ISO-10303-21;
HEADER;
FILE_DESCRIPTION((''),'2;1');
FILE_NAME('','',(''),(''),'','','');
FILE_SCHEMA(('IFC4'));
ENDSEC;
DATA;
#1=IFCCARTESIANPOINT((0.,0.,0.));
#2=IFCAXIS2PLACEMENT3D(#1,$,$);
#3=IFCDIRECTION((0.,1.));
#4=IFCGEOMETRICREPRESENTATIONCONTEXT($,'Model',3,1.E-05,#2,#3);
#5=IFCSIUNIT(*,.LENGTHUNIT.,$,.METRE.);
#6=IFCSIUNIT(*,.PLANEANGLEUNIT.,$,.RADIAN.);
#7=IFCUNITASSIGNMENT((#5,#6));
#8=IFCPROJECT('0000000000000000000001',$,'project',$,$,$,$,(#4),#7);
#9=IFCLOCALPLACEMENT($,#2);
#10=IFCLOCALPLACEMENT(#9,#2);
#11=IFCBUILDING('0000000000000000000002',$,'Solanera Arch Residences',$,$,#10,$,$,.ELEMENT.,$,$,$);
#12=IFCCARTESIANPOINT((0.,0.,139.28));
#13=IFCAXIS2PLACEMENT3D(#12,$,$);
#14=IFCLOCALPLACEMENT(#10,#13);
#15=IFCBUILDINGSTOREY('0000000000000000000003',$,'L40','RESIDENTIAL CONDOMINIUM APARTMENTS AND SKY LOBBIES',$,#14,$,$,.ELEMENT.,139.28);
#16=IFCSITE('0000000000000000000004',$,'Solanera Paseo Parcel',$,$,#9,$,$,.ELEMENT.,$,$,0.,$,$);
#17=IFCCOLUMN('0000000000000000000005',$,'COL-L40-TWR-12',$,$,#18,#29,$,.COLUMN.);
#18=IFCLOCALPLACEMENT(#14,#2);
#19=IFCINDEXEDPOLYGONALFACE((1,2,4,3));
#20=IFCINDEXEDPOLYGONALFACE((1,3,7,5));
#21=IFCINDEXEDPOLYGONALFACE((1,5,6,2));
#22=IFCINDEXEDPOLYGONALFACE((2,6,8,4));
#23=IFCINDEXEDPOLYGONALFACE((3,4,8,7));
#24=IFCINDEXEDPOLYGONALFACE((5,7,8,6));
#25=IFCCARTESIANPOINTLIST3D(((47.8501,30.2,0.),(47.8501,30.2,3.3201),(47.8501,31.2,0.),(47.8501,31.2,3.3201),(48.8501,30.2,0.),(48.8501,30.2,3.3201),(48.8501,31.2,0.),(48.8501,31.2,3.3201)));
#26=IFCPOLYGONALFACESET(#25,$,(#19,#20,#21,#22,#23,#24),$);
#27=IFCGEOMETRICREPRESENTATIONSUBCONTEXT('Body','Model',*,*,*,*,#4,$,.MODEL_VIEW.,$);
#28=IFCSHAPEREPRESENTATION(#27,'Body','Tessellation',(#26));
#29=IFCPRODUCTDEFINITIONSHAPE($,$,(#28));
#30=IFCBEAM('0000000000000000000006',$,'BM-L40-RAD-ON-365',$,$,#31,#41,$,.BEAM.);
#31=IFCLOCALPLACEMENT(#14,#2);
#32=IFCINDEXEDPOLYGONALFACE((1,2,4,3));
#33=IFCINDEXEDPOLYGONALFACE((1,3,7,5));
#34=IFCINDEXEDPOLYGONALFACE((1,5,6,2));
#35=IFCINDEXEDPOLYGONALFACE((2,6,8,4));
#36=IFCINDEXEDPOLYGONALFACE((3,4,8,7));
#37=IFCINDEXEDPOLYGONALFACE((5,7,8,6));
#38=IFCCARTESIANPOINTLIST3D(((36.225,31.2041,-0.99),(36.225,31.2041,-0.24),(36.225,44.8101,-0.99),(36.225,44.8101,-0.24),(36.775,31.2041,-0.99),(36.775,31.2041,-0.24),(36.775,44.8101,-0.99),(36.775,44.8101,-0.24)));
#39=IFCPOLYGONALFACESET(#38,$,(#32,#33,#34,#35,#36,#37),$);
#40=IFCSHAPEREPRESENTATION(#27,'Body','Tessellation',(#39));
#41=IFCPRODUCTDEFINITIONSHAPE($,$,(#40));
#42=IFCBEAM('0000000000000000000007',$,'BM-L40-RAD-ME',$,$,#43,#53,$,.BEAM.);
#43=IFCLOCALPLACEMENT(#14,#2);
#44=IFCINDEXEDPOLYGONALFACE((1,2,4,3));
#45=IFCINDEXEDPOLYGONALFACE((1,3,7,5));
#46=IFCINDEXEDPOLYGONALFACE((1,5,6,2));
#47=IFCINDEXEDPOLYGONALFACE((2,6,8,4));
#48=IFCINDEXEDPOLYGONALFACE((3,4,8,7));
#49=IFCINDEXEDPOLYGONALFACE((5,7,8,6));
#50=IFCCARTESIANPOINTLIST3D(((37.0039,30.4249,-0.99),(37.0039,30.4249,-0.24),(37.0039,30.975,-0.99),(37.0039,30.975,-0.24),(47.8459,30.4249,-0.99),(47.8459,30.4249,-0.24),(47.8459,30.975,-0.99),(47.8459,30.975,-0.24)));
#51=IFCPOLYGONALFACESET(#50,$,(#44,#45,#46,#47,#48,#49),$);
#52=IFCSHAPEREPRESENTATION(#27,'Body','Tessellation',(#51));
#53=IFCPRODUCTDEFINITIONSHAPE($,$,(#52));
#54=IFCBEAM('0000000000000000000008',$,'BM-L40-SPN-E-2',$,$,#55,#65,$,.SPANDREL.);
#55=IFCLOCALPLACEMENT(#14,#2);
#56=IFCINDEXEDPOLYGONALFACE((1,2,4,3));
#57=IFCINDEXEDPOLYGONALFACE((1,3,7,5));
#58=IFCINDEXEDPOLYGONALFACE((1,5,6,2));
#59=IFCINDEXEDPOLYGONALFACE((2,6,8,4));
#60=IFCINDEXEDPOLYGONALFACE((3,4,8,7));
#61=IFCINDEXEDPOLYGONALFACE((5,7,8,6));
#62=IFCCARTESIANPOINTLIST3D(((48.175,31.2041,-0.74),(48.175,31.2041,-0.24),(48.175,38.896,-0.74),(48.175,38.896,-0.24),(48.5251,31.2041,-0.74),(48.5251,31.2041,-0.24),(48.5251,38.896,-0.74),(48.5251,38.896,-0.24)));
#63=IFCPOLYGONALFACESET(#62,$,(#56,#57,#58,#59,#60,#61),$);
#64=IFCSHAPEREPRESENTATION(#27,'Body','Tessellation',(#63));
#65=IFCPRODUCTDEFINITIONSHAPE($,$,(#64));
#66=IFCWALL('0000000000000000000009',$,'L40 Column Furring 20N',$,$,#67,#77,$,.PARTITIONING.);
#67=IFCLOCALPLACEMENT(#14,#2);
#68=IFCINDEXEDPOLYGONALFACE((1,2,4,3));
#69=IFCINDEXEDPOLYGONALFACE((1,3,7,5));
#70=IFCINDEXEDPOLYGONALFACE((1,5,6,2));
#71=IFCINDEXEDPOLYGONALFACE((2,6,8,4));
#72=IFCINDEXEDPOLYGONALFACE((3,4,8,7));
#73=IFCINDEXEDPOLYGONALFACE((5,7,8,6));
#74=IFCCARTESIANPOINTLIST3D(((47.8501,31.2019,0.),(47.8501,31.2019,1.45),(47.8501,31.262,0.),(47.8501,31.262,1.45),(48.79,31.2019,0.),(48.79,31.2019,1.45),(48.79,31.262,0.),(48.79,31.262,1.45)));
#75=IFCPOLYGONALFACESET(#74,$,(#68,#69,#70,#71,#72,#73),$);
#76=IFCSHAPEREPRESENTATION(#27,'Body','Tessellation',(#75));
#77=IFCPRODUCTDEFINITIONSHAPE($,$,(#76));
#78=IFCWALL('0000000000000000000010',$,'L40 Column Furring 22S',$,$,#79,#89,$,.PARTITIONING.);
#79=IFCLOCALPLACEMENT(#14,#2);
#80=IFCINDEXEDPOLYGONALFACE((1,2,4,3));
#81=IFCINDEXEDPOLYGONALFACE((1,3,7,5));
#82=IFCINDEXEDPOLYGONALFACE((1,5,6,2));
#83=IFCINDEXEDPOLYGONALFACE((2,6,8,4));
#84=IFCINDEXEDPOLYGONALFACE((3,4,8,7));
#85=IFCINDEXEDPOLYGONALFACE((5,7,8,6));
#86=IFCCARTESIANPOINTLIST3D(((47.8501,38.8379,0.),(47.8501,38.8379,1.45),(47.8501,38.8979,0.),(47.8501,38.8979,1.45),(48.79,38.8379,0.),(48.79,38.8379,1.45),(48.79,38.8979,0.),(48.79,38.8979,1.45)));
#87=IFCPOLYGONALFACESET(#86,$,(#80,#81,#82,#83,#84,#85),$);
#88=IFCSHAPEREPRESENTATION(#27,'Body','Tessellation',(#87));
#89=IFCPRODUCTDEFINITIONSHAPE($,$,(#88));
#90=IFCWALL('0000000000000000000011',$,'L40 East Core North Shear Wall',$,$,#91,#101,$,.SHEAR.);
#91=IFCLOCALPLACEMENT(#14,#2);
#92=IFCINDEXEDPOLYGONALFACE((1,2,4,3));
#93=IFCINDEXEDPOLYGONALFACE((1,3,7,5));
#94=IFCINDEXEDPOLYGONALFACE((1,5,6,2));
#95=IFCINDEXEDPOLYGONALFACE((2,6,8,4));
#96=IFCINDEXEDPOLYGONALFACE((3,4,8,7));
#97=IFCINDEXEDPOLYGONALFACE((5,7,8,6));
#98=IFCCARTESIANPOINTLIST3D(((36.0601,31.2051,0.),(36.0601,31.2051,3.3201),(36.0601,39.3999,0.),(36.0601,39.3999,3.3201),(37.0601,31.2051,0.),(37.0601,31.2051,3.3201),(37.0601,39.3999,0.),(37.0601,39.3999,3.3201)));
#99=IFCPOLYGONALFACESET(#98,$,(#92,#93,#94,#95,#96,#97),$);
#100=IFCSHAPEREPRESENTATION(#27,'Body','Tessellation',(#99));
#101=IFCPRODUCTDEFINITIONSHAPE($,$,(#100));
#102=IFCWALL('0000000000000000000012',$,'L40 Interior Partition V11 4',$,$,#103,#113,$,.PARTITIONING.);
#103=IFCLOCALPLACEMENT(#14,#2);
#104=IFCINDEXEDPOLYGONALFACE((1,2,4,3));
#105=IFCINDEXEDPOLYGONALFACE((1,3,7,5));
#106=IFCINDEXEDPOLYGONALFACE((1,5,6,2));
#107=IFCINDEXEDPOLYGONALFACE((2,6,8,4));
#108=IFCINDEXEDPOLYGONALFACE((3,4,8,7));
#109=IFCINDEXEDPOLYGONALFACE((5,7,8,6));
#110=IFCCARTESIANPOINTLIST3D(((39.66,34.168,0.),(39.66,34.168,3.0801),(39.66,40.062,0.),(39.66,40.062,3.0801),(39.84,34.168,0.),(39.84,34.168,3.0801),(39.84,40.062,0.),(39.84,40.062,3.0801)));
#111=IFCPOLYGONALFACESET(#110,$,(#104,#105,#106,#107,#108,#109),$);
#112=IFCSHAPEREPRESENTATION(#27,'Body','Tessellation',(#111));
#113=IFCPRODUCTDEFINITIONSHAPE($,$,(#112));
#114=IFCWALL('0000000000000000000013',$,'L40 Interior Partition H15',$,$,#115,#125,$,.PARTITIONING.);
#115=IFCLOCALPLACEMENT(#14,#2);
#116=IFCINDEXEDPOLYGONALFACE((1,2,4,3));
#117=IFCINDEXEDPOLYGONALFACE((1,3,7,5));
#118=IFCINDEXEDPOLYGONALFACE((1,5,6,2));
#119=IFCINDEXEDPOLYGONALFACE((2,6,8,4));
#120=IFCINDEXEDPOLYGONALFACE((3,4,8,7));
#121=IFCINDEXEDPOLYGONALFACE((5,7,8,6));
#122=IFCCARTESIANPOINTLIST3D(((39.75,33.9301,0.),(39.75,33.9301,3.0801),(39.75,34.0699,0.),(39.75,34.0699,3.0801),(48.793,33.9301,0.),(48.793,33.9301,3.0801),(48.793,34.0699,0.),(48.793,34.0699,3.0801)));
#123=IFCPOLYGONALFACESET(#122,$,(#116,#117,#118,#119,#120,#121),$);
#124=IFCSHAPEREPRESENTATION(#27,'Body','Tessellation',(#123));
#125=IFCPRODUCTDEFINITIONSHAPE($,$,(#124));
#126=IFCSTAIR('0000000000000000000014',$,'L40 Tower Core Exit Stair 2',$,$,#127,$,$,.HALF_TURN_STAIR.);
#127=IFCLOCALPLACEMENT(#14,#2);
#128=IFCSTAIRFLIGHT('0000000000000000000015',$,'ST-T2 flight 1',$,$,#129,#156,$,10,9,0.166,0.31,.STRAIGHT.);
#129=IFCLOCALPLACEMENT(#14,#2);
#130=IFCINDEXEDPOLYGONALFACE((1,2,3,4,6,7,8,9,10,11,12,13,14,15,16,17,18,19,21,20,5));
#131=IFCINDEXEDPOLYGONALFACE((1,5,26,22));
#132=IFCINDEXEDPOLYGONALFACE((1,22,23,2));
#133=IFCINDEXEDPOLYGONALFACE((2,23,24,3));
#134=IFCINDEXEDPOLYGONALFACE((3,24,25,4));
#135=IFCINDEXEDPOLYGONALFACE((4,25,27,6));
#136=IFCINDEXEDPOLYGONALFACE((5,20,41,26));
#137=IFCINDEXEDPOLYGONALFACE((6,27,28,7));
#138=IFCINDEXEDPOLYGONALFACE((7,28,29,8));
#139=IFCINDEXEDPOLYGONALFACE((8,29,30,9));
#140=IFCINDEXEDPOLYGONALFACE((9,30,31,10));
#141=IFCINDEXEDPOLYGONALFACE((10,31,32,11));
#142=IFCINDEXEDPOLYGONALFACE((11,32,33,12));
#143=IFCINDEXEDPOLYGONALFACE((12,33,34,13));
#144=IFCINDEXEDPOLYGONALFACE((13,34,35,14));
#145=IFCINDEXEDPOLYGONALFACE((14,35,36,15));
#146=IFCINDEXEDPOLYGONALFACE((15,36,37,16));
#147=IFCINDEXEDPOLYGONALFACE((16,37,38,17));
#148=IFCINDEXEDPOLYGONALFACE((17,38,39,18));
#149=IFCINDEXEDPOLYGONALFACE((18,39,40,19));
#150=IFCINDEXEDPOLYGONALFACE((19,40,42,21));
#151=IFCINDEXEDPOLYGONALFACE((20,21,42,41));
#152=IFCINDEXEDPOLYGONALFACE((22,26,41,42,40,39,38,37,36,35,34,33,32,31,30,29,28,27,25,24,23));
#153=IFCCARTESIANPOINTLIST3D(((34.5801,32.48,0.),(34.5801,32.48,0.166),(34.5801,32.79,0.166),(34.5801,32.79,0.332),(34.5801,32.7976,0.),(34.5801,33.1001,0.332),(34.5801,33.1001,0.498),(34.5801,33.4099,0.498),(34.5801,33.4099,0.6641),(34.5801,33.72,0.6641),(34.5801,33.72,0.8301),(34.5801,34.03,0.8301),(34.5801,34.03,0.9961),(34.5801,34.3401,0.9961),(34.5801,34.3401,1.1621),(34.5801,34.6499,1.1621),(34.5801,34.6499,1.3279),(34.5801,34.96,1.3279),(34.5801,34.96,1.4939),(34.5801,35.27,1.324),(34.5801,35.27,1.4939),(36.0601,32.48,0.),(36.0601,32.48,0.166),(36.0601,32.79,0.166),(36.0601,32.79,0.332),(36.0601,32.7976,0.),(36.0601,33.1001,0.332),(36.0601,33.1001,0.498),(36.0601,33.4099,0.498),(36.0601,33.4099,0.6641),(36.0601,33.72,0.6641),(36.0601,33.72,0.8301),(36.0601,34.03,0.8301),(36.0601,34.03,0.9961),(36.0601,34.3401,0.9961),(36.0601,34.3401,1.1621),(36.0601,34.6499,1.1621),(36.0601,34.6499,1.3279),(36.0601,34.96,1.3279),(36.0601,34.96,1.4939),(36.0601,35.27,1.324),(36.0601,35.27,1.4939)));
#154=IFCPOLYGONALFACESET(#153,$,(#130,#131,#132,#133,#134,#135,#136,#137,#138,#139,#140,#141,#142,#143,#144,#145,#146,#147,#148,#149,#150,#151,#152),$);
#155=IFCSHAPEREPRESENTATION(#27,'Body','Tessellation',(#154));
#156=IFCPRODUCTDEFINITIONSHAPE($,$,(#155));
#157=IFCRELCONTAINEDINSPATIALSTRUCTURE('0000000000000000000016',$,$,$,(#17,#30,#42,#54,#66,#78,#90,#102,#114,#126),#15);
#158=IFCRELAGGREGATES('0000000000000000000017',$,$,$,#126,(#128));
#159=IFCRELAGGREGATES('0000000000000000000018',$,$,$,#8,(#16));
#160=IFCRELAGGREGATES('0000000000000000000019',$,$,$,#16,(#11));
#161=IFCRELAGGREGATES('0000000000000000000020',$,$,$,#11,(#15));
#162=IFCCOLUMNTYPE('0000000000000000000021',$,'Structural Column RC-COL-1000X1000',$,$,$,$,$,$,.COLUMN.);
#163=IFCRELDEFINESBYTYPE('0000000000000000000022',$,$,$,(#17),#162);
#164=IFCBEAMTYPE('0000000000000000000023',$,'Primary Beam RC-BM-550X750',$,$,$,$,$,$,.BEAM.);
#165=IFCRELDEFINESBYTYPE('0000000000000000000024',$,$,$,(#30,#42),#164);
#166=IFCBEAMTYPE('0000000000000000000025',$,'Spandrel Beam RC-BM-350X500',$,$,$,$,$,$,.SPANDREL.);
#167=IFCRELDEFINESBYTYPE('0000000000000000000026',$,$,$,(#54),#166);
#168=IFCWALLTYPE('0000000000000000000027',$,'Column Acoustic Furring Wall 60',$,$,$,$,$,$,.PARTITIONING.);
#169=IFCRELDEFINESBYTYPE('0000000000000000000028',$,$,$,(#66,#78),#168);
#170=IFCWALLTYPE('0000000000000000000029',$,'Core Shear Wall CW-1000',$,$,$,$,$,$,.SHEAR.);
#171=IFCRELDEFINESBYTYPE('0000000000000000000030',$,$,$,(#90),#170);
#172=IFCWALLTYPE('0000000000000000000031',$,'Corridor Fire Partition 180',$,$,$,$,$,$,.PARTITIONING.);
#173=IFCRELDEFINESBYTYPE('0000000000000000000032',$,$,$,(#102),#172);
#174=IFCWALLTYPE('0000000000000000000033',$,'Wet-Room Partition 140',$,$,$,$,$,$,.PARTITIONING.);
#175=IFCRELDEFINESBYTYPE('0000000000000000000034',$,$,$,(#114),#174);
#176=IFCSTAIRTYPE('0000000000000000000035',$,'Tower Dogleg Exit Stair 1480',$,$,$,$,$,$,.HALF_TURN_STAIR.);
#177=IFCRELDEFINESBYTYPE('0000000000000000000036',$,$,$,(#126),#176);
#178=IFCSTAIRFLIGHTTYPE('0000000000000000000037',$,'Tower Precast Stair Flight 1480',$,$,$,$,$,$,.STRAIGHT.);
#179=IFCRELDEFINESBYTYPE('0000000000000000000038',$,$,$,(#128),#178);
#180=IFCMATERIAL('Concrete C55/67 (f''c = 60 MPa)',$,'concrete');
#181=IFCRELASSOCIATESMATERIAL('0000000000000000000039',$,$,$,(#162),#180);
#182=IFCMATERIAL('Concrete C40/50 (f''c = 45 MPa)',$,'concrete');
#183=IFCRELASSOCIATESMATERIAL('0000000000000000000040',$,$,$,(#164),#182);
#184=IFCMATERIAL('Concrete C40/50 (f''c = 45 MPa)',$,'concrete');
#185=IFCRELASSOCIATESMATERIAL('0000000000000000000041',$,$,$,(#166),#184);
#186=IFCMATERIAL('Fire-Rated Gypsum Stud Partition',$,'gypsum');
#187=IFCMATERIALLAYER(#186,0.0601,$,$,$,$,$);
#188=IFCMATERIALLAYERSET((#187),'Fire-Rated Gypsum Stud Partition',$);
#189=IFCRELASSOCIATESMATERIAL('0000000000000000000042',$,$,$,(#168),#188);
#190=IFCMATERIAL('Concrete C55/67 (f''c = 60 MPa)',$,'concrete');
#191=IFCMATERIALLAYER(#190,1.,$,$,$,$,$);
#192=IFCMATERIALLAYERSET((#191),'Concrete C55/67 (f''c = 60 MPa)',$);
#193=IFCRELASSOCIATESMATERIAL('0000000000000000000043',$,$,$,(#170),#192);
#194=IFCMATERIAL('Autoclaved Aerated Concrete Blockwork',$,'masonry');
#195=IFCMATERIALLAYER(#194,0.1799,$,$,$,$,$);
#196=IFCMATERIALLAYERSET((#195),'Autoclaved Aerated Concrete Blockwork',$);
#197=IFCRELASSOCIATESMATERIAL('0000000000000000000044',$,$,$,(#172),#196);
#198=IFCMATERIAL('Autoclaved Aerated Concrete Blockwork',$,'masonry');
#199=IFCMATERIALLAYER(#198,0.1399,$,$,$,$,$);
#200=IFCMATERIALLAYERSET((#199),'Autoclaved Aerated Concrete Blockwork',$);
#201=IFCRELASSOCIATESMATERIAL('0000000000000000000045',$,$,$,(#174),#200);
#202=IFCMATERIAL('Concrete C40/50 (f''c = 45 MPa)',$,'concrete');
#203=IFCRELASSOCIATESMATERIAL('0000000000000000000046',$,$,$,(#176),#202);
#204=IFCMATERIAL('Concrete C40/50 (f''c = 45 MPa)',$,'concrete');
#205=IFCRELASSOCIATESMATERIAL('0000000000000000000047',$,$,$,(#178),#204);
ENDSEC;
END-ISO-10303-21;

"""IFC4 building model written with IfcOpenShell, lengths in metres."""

from ifc_helpers import new_model, si_unit, direction, frame, frame_2d, origin, origin_2d, place, context, subcontext, project, spatial, polyline, rectangle, outline, extrude, material, layer, layer_set, material_profile, profile_set, type_object, element, aggregate, save


model = new_model("IFC4")

# Units and contexts
model_context = context("Model", 3, precision=1e-05, world=origin(), true_north=direction((0.0, 1.0)))
body_context = subcontext(model_context, "Body", "Model", "MODEL_VIEW")
ifc_project = project(units=[si_unit("LENGTHUNIT", "METRE"), si_unit("PLANEANGLEUNIT", "RADIAN")], contexts=[model_context])

# Site, building, storey
site_placement = place(None, origin())
site = spatial("IfcSite", under=ifc_project, at=site_placement, Name="Solanera Paseo Parcel", CompositionType="ELEMENT", RefElevation=0.0)
building_placement = place(site_placement, origin())
building = spatial("IfcBuilding", under=site, at=building_placement, Name="Solanera Arch Residences", CompositionType="ELEMENT")
storey_placement = place(building_placement, frame((0.0, 0.0, 139.28)))
storey = spatial("IfcBuildingStorey", under=building, at=storey_placement, Name="L40", Description="RESIDENTIAL CONDOMINIUM APARTMENTS AND SKY LOBBIES", CompositionType="ELEMENT", Elevation=139.28)

# Column
ifc_material_1 = material(Name="Concrete C55/67 (f'c = 60 MPa)", Category="concrete")
ifc_material_profile_1 = material_profile(ifc_material_1, rectangle(XDim=1.0, YDim=1.0, at=origin_2d()))
ifc_profile_set_1 = profile_set([ifc_material_profile_1], Name="Concrete C55/67 (f'c = 60 MPa)")
column_type = type_object("IfcColumnType", Name="Structural Column RC-COL-1000X1000", PredefinedType="COLUMN", material=ifc_profile_set_1)
column_placement = place(storey_placement, frame((48.3501, 30.7, 0.0), z_axis=(0.0, 0.0, 1.0), x_axis=(1.0, 0.0, 0.0)))
element("IfcColumn", 1, at=column_placement, inside=storey, type_object=column_type, Name="COL-L40-TWR-12", PredefinedType="COLUMN", context=body_context, shape_type="SweptSolid", body=[
    extrude(rectangle(XDim=1.0, YDim=1.0, at=origin_2d()), origin(), (0.0, 0.0, 1.0), 3.3201),
])

# Beams
ifc_material_2 = material(Name="Concrete C40/50 (f'c = 45 MPa)", Category="concrete")
ifc_material_profile_2 = material_profile(ifc_material_2, rectangle(XDim=0.55, YDim=0.75, at=origin_2d()))
ifc_profile_set_2 = profile_set([ifc_material_profile_2], Name="Concrete C40/50 (f'c = 45 MPa)")
beam_type_1 = type_object("IfcBeamType", Name="Primary Beam RC-BM-550X750", PredefinedType="BEAM", material=ifc_profile_set_2)
beam_1_placement = place(storey_placement, frame((36.5, 31.2041, -0.615), z_axis=(0.0, 1.0, 0.0), x_axis=(-1.0, 0.0, 0.0)))
element("IfcBeam", 2, at=beam_1_placement, inside=storey, type_object=beam_type_1, Name="BM-L40-RAD-ON-365", PredefinedType="BEAM", context=body_context, shape_type="SweptSolid", body=[
    extrude(rectangle(XDim=0.55, YDim=0.75, at=origin_2d()), origin(), (0.0, 0.0, 1.0), 13.606),
])
beam_2_placement = place(storey_placement, frame((37.0039, 30.7, -0.615), z_axis=(1.0, 0.0, 0.0), x_axis=(0.0, 1.0, 0.0)))
element("IfcBeam", 3, at=beam_2_placement, inside=storey, type_object=beam_type_1, Name="BM-L40-RAD-ME", PredefinedType="BEAM", context=body_context, shape_type="SweptSolid", body=[
    extrude(rectangle(XDim=0.55, YDim=0.75, at=origin_2d()), origin(), (0.0, 0.0, 1.0), 10.842),
])
ifc_material_3 = material(Name="Concrete C40/50 (f'c = 45 MPa)", Category="concrete")
ifc_material_profile_3 = material_profile(ifc_material_3, rectangle(XDim=0.3501, YDim=0.5, at=origin_2d()))
ifc_profile_set_3 = profile_set([ifc_material_profile_3], Name="Concrete C40/50 (f'c = 45 MPa)")
beam_type_2 = type_object("IfcBeamType", Name="Spandrel Beam RC-BM-350X500", PredefinedType="SPANDREL", material=ifc_profile_set_3)
beam_3_placement = place(storey_placement, frame((48.3501, 31.2041, -0.49), z_axis=(0.0, 1.0, 0.0), x_axis=(-1.0, 0.0, 0.0)))
element("IfcBeam", 4, at=beam_3_placement, inside=storey, type_object=beam_type_2, Name="BM-L40-SPN-E-2", PredefinedType="SPANDREL", context=body_context, shape_type="SweptSolid", body=[
    extrude(rectangle(XDim=0.3501, YDim=0.5, at=origin_2d()), origin(), (0.0, 0.0, 1.0), 7.6919),
])

# Walls
ifc_material_4 = material(Name="Fire-Rated Gypsum Stud Partition", Category="gypsum")
ifc_layer_1 = layer(ifc_material_4, 0.0601)
ifc_layer_set_1 = layer_set([ifc_layer_1], Name="Fire-Rated Gypsum Stud Partition")
wall_type_1 = type_object("IfcWallType", Name="Column Acoustic Furring Wall 60", PredefinedType="PARTITIONING", material=ifc_layer_set_1)
for number, where, z_axis, x_axis, name in (
    (5, (47.8501, 31.2319, 0.0), (0.0, 0.0, 1.0), (1.0, 0.0, 0.0), "L40 Column Furring 20N"),
    (6, (47.8501, 38.8679, 0.0), (0.0, 0.0, 1.0), (1.0, 0.0, 0.0), "L40 Column Furring 22S"),
):
    element("IfcWall", number, at=place(storey_placement, frame(where, z_axis=z_axis, x_axis=x_axis)), inside=storey, type_object=wall_type_1, Name=name, PredefinedType="PARTITIONING", context=body_context, shape_type="SweptSolid", body=[
        extrude(rectangle(XDim=0.9399, YDim=0.0601, at=frame_2d((0.47, 0.0))), origin(), (0.0, 0.0, 1.0), 1.45),
    ])
ifc_material_5 = material(Name="Concrete C55/67 (f'c = 60 MPa)", Category="concrete")
ifc_layer_2 = layer(ifc_material_5, 1.0)
ifc_layer_set_2 = layer_set([ifc_layer_2], Name="Concrete C55/67 (f'c = 60 MPa)")
wall_type_2 = type_object("IfcWallType", Name="Core Shear Wall CW-1000", PredefinedType="SHEAR", material=ifc_layer_set_2)
wall_1_placement = place(storey_placement, frame((36.5601, 31.2051, 0.0), z_axis=(0.0, 0.0, 1.0), x_axis=(0.0, 1.0, 0.0)))
element("IfcWall", 7, at=wall_1_placement, inside=storey, type_object=wall_type_2, Name="L40 East Core North Shear Wall", PredefinedType="SHEAR", context=body_context, shape_type="SweptSolid", body=[
    extrude(rectangle(XDim=8.1948, YDim=1.0, at=frame_2d((4.0974, 0.0))), origin(), (0.0, 0.0, 1.0), 3.3201),
])
ifc_material_6 = material(Name="Autoclaved Aerated Concrete Blockwork", Category="masonry")
ifc_layer_3 = layer(ifc_material_6, 0.1799)
ifc_layer_set_3 = layer_set([ifc_layer_3], Name="Autoclaved Aerated Concrete Blockwork")
wall_type_3 = type_object("IfcWallType", Name="Corridor Fire Partition 180", PredefinedType="PARTITIONING", material=ifc_layer_set_3)
wall_2_placement = place(storey_placement, frame((39.75, 34.168, 0.0), z_axis=(0.0, 0.0, 1.0), x_axis=(0.0, 1.0, 0.0)))
element("IfcWall", 8, at=wall_2_placement, inside=storey, type_object=wall_type_3, Name="L40 Interior Partition V11 4", PredefinedType="PARTITIONING", context=body_context, shape_type="SweptSolid", body=[
    extrude(rectangle(XDim=5.894, YDim=0.1799, at=frame_2d((2.947, 0.0))), origin(), (0.0, 0.0, 1.0), 3.0801),
])
ifc_material_7 = material(Name="Autoclaved Aerated Concrete Blockwork", Category="masonry")
ifc_layer_4 = layer(ifc_material_7, 0.1399)
ifc_layer_set_4 = layer_set([ifc_layer_4], Name="Autoclaved Aerated Concrete Blockwork")
wall_type_4 = type_object("IfcWallType", Name="Wet-Room Partition 140", PredefinedType="PARTITIONING", material=ifc_layer_set_4)
wall_3_placement = place(storey_placement, frame((39.75, 34.0, 0.0), z_axis=(0.0, 0.0, 1.0), x_axis=(1.0, 0.0, 0.0)))
element("IfcWall", 9, at=wall_3_placement, inside=storey, type_object=wall_type_4, Name="L40 Interior Partition H15", PredefinedType="PARTITIONING", context=body_context, shape_type="SweptSolid", body=[
    extrude(rectangle(XDim=9.043, YDim=0.1399, at=frame_2d((4.5215, 0.0))), origin(), (0.0, 0.0, 1.0), 3.0801),
])

# Stair, stair flight
ifc_material_8 = material(Name="Concrete C40/50 (f'c = 45 MPa)", Category="concrete")
stair_type = type_object("IfcStairType", Name="Tower Dogleg Exit Stair 1480", PredefinedType="HALF_TURN_STAIR", material=ifc_material_8)
stair_placement = place(storey_placement, origin())
stair = element("IfcStair", 10, at=stair_placement, inside=storey, type_object=stair_type, Name="L40 Tower Core Exit Stair 2", PredefinedType="HALF_TURN_STAIR")
ifc_material_9 = material(Name="Concrete C40/50 (f'c = 45 MPa)", Category="concrete")
stair_flight_type = type_object("IfcStairFlightType", Name="Tower Precast Stair Flight 1480", PredefinedType="STRAIGHT", material=ifc_material_9)
stair_flight_1_placement = place(storey_placement, frame((35.3201, 32.48, 0.0), z_axis=(0.0, 0.0, 1.0), x_axis=(0.0, 1.0, 0.0)))
stair_flight_1 = element("IfcStairFlight", 11, at=stair_flight_1_placement, type_object=stair_flight_type, Name="ST-T2 flight 1", NumberOfRisers=10, NumberOfTreads=9, PredefinedType="STRAIGHT", RiserHeight=0.166, TreadLength=0.31, context=body_context, shape_type="SweptSolid", body=[
    extrude(outline(polyline([(0.0, 0.0), (0.0, 0.166), (0.3101, 0.166), (0.3101, 0.332), (0.6201, 0.332), (0.6201, 0.498), (0.9299, 0.498), (0.9299, 0.6641), (1.24, 0.6641), (1.24, 0.8301), (1.55, 0.8301), (1.55, 0.9961), (1.8601, 0.9961), (1.8601, 1.1621), (2.1699, 1.1621), (2.1699, 1.3279), (2.48, 1.3279), (2.48, 1.4939), (2.79, 1.4939), (2.79, 1.6599), (2.79, 1.324), (0.3176, 0.0), (0.0, 0.0)])), frame((0.0, 0.74, 0.0), z_axis=(0.0, -1.0, 0.0), x_axis=(1.0, 0.0, 0.0)), (0.0, 0.0, 1.0), 1.48),
])
aggregate(stair, [stair_flight_1])

save(model, "model.ifc")
